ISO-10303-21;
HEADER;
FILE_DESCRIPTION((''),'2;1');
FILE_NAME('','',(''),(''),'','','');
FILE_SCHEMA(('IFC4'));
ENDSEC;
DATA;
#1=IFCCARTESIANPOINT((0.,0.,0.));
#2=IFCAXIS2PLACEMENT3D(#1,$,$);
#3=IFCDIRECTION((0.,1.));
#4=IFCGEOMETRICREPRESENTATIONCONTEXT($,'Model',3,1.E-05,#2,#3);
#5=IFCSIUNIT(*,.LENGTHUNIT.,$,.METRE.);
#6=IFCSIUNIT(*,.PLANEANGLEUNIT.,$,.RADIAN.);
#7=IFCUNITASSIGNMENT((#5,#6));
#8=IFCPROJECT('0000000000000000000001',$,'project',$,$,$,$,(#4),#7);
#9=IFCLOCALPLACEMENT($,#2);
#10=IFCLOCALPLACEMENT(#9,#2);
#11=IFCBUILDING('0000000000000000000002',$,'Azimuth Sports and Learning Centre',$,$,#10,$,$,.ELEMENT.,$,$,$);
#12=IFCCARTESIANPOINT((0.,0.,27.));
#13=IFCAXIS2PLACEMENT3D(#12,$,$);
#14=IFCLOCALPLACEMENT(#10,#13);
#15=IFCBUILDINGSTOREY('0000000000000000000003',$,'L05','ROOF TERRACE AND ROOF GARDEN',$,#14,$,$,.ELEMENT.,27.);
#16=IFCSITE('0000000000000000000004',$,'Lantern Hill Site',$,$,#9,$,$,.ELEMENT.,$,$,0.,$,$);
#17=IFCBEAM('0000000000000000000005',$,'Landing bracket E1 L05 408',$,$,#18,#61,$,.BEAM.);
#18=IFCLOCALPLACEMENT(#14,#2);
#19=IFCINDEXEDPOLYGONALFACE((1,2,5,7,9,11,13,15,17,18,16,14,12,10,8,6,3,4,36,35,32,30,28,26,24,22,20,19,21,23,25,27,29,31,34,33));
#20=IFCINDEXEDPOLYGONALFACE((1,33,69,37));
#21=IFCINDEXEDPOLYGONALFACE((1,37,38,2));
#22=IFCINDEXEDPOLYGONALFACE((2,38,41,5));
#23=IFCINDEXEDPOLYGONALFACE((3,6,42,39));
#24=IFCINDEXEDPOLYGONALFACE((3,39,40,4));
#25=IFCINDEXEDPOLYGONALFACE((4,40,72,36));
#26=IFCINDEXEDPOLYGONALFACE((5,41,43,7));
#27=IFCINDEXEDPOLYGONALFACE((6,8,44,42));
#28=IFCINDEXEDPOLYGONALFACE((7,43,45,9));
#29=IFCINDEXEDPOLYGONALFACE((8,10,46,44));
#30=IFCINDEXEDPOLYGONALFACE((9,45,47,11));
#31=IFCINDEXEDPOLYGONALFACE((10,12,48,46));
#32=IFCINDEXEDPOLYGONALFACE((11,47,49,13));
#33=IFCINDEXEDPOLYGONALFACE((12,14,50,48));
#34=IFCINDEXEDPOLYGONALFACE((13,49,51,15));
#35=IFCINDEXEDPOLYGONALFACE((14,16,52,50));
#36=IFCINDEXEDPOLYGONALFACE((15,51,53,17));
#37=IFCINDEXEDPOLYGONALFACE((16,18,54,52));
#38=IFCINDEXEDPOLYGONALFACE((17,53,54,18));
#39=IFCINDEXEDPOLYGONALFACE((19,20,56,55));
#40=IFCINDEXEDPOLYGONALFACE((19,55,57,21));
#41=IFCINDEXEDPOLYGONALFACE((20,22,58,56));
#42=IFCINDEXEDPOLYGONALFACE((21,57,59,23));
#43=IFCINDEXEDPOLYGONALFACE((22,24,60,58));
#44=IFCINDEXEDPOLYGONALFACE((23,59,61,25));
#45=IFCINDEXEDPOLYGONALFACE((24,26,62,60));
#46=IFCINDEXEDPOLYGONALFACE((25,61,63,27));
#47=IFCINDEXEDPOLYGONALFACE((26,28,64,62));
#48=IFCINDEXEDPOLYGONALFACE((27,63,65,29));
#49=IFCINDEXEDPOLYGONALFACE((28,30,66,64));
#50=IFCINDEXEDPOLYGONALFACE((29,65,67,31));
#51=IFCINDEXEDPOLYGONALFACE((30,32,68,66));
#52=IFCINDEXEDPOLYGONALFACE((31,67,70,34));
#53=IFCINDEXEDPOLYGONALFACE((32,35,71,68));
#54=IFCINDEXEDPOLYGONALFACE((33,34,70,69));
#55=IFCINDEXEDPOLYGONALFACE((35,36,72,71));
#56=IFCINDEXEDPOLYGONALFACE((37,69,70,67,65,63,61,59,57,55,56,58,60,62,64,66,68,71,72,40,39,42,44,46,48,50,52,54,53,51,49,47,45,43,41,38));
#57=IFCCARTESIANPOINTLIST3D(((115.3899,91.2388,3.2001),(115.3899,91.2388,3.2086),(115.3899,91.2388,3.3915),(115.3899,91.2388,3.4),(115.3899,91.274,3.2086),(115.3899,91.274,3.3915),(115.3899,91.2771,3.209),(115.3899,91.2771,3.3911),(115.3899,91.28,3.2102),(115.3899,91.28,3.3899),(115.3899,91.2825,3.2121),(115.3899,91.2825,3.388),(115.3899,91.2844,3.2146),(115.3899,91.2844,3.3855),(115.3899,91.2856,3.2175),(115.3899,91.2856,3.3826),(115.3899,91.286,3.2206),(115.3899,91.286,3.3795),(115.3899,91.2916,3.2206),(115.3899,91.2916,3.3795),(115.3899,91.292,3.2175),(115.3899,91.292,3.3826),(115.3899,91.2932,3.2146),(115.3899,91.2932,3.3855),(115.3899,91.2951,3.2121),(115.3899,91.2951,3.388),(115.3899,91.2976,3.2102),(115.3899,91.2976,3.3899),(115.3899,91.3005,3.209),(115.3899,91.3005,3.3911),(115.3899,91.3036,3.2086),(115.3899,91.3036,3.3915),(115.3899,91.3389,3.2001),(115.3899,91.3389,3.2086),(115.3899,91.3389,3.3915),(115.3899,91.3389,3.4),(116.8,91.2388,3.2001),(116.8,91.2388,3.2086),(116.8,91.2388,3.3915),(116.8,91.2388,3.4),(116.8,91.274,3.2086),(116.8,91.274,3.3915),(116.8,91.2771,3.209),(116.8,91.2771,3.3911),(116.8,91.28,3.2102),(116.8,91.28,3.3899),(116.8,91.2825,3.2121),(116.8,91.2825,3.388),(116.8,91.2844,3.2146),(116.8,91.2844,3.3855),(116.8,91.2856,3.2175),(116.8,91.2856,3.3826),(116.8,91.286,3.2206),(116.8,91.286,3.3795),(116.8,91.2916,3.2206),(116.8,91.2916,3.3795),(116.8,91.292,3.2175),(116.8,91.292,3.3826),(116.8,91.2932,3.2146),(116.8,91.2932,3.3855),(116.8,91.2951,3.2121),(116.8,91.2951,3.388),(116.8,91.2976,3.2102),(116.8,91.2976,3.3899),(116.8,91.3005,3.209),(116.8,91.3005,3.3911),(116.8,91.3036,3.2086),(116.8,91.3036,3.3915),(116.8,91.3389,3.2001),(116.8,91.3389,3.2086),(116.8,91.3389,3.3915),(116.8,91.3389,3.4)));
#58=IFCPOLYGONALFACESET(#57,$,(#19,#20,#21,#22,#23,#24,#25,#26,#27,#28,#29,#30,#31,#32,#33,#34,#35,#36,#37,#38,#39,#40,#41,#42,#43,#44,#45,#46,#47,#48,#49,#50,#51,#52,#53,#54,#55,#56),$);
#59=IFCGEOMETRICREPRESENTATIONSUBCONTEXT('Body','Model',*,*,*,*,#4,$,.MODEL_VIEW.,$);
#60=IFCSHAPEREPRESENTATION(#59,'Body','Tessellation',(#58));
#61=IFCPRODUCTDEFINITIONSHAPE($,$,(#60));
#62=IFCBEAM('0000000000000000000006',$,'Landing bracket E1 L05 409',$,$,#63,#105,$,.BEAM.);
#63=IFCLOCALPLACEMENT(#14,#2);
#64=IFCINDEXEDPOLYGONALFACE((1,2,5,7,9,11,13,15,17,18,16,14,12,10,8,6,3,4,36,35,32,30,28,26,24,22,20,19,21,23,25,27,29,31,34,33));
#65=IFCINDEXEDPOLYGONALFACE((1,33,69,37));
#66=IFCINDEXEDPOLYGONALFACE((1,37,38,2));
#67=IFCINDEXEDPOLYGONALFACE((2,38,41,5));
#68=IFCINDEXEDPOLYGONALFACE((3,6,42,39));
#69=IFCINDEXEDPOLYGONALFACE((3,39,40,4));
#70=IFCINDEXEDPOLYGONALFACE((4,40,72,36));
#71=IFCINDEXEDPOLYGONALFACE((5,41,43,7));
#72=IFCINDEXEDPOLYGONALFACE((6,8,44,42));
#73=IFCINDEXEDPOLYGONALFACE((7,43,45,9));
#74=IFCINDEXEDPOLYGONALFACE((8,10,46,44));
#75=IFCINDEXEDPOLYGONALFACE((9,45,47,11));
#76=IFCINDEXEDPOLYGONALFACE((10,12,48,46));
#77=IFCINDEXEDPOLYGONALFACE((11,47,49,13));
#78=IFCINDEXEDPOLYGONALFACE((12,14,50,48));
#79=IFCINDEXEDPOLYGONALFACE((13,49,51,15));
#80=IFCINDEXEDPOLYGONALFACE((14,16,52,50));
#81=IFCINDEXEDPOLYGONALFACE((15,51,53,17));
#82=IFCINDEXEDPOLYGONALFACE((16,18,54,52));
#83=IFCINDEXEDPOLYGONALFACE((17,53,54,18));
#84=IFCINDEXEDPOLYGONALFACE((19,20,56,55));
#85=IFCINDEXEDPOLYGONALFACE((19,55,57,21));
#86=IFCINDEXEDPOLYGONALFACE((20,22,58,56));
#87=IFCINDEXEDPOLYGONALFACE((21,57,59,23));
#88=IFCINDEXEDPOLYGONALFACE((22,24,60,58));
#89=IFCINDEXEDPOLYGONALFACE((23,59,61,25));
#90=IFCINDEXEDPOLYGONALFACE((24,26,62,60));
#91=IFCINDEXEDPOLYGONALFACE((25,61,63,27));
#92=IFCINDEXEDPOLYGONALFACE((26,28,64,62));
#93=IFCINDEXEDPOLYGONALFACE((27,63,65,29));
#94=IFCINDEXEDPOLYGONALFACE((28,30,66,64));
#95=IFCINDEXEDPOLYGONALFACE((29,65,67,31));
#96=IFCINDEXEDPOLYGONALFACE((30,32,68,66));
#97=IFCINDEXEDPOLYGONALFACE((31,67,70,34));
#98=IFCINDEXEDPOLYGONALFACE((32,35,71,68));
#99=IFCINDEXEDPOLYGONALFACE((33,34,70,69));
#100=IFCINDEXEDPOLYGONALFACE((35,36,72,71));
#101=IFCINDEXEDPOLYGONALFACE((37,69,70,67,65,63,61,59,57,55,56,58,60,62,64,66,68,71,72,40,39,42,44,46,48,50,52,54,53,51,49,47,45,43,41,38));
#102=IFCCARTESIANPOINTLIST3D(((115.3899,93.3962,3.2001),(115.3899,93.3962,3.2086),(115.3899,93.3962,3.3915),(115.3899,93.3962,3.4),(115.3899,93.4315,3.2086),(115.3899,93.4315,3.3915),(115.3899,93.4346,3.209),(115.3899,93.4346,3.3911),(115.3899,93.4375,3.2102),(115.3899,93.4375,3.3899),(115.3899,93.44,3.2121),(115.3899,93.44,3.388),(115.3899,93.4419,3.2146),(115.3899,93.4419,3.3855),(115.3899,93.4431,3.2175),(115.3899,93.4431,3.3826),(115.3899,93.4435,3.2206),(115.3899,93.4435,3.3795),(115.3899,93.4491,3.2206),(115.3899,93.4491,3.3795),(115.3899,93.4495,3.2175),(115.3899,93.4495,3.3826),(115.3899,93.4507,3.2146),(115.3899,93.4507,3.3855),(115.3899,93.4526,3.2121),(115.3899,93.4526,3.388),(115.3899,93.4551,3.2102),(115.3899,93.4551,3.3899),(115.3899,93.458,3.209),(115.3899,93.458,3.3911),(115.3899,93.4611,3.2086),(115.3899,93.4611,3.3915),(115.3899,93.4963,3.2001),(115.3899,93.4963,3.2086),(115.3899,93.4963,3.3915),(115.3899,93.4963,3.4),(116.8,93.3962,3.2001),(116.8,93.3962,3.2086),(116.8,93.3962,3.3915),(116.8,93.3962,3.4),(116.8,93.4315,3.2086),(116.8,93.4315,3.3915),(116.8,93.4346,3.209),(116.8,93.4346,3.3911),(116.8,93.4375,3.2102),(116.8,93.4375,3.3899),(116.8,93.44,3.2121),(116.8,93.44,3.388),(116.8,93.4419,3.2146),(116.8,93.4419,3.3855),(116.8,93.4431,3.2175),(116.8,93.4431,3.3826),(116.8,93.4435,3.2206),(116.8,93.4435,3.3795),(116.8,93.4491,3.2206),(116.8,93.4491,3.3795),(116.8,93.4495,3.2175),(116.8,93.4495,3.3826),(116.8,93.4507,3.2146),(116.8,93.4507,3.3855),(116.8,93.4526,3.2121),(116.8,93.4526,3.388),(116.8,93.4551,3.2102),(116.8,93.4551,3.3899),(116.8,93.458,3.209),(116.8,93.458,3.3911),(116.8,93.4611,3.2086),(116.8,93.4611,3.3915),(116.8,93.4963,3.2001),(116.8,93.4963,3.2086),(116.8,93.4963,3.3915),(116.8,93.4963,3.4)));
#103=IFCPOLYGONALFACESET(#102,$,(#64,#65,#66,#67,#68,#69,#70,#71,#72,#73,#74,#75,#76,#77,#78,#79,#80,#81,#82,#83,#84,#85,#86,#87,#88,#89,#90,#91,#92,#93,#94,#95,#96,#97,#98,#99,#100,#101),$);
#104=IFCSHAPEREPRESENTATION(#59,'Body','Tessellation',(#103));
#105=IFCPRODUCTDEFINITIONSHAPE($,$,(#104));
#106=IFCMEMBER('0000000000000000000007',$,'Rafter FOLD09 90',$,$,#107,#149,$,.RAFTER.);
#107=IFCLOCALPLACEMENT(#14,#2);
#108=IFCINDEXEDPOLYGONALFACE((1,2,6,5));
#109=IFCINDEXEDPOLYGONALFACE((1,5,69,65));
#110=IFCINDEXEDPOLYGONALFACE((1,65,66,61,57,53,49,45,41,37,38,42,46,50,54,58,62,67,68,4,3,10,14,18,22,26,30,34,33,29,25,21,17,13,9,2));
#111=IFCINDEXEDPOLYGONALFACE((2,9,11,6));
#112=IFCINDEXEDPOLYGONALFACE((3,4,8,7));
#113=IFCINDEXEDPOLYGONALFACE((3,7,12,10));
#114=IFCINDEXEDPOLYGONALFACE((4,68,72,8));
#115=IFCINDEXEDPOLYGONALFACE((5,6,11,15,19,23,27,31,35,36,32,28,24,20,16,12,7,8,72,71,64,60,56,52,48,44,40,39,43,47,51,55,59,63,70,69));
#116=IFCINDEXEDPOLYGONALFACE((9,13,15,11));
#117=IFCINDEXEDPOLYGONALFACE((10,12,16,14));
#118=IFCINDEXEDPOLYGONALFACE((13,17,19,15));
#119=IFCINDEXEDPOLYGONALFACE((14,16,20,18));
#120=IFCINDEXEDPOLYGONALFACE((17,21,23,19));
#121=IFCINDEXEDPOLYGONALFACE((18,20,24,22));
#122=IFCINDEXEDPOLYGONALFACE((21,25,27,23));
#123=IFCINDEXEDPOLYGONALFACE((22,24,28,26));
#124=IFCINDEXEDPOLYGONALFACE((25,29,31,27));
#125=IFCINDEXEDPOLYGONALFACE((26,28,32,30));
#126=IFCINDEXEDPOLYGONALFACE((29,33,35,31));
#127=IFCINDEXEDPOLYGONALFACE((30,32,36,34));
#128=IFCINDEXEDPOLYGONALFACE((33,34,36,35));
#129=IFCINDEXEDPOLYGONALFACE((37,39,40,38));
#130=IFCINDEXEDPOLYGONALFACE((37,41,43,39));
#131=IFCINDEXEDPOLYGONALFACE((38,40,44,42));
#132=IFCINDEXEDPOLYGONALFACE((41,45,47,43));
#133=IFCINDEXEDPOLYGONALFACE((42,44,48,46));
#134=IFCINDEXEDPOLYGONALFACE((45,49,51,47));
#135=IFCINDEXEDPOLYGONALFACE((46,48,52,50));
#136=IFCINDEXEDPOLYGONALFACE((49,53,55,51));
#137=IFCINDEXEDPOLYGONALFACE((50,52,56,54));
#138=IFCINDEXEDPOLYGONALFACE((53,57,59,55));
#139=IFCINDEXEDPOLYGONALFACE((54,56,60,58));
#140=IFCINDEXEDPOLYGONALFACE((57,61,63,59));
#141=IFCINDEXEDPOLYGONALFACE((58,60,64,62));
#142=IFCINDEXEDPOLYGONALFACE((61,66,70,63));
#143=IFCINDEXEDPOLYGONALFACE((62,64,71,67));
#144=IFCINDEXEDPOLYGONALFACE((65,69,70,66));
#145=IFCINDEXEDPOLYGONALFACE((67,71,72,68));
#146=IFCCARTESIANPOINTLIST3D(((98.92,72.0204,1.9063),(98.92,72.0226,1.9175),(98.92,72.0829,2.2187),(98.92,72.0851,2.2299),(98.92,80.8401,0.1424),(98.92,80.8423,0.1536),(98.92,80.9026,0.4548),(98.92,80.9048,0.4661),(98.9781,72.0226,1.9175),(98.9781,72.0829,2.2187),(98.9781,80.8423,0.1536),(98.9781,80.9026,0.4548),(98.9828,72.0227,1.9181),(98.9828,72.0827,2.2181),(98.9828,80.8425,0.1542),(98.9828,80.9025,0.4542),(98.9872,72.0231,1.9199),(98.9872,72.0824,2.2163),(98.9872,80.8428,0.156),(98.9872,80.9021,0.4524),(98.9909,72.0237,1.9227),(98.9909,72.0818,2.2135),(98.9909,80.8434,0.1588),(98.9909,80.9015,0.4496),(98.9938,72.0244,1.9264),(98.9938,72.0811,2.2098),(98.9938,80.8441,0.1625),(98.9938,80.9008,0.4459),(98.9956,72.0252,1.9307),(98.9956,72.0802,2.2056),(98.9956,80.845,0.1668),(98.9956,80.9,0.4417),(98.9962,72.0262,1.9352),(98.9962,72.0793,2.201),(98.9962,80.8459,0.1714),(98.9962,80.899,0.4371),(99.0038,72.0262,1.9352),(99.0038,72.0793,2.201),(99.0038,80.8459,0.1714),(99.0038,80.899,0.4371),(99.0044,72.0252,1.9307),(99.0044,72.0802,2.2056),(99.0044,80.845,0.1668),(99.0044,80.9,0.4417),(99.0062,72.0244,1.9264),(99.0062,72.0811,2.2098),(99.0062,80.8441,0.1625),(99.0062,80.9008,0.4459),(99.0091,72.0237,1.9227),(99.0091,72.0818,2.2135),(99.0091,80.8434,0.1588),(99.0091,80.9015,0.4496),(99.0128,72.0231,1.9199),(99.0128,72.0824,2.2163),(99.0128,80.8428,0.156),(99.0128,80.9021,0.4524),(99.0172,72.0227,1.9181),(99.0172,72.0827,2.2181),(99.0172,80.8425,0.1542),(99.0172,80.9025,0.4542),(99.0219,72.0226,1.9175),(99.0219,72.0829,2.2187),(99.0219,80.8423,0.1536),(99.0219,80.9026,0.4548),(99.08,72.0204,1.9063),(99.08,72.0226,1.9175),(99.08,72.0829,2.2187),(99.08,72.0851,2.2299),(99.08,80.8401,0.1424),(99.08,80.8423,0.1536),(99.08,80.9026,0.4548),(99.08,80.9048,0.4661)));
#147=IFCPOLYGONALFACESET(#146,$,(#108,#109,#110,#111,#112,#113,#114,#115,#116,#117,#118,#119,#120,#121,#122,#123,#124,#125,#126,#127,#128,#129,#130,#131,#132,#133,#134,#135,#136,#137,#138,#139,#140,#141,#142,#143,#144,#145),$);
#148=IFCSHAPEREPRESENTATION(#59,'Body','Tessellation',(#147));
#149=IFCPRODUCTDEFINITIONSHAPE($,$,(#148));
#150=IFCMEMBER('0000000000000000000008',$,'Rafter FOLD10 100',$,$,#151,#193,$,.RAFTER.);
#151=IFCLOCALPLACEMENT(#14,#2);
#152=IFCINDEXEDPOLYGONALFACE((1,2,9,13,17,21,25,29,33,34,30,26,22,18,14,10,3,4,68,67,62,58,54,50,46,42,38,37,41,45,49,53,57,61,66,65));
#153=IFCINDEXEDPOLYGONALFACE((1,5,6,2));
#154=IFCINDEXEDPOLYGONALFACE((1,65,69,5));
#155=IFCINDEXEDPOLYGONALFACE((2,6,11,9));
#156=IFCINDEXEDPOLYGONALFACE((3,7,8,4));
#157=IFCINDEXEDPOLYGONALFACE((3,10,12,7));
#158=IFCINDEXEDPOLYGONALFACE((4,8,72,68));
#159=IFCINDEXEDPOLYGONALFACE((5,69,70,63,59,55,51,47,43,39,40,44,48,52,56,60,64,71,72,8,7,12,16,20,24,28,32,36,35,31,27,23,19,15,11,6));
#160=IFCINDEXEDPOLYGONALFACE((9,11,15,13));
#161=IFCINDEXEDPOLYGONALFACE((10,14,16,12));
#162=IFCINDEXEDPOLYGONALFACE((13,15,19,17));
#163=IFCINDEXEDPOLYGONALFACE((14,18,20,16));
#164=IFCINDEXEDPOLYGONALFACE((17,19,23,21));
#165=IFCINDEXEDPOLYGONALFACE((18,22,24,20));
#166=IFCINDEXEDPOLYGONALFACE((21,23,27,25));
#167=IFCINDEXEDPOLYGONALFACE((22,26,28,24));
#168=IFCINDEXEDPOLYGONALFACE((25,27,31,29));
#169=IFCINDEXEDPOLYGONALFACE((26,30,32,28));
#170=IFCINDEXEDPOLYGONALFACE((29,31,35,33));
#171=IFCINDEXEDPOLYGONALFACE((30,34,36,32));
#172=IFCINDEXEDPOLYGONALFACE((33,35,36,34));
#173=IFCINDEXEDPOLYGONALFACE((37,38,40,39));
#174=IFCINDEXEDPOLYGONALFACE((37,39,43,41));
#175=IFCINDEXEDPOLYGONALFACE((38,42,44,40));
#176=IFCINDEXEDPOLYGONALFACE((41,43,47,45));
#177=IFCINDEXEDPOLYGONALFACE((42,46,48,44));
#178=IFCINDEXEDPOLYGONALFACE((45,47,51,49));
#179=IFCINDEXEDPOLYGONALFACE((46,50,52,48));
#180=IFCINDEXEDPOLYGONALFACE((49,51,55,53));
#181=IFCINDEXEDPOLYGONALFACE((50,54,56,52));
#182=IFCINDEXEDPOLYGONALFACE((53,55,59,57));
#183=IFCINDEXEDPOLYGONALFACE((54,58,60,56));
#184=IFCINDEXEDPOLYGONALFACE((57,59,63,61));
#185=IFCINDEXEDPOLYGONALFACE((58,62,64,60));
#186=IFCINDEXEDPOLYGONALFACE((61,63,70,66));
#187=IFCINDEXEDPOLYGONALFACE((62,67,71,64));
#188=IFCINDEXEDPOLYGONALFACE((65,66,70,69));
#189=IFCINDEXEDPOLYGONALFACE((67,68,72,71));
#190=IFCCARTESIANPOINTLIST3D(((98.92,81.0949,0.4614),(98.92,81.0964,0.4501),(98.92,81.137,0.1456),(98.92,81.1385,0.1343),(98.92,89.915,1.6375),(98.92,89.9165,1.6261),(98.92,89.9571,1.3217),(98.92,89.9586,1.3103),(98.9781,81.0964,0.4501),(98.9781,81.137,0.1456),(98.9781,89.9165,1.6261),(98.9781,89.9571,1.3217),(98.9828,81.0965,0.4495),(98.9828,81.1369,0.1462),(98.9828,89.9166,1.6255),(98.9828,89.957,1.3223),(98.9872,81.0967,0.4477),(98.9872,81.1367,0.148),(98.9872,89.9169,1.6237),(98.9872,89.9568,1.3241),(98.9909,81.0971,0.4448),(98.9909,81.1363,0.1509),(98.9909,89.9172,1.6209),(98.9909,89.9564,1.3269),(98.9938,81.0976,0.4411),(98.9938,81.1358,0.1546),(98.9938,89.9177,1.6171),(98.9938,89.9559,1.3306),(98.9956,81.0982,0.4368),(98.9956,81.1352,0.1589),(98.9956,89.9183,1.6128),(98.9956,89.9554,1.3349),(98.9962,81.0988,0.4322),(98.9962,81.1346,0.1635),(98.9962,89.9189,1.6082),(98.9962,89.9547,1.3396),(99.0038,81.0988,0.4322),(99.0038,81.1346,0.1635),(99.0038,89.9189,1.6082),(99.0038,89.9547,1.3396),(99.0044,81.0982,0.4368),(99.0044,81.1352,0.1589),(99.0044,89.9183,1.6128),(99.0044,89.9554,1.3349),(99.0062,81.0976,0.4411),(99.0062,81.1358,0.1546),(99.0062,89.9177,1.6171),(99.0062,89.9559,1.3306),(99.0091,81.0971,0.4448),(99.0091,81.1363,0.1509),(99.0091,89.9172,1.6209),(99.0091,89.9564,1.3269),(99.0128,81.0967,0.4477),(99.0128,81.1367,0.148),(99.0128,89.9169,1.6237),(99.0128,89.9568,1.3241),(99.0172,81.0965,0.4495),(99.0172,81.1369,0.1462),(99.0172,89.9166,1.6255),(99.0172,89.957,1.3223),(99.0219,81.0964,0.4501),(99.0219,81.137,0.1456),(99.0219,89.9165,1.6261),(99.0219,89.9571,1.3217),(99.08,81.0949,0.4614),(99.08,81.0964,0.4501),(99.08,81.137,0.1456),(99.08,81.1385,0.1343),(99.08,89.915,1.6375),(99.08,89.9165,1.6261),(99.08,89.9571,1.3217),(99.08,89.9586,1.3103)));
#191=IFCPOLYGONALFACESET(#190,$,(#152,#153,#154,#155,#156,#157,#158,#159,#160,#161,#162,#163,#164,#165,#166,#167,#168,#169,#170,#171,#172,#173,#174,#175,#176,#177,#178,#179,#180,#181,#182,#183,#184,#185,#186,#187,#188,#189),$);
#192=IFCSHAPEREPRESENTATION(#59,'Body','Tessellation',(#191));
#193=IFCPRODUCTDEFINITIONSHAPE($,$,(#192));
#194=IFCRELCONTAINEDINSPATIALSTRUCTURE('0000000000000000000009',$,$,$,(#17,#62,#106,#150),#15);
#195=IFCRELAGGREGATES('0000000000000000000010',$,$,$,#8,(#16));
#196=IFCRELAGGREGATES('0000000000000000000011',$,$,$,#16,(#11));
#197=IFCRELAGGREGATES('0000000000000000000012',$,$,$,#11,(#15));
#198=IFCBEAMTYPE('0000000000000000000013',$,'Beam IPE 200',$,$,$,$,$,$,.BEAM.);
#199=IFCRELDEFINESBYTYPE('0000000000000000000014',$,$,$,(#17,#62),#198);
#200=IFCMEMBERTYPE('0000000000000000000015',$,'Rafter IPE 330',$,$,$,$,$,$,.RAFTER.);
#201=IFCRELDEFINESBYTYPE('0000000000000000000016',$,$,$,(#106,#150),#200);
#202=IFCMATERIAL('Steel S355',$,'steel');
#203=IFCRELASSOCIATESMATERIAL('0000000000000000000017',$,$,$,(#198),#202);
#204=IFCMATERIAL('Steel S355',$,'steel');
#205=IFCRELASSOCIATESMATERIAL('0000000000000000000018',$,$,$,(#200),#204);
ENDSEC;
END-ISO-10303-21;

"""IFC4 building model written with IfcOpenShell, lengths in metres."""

from ifc_helpers import new_model, si_unit, direction, frame, origin, origin_2d, place, context, subcontext, project, spatial, i_section, extrude, material, material_profile, profile_set, type_object, element, save


model = new_model("IFC4")

# Units and contexts
model_context = context("Model", 3, precision=1e-05, world=origin(), true_north=direction((0.0, 1.0)))
body_context = subcontext(model_context, "Body", "Model", "MODEL_VIEW")
ifc_project = project(units=[si_unit("LENGTHUNIT", "METRE"), si_unit("PLANEANGLEUNIT", "RADIAN")], contexts=[model_context])

# Site, building, storey
site_placement = place(None, origin())
site = spatial("IfcSite", under=ifc_project, at=site_placement, Name="Lantern Hill Site", CompositionType="ELEMENT", RefElevation=0.0)
building_placement = place(site_placement, origin())
building = spatial("IfcBuilding", under=site, at=building_placement, Name="Azimuth Sports and Learning Centre", CompositionType="ELEMENT")
storey_placement = place(building_placement, frame((0.0, 0.0, 27.0)))
storey = spatial("IfcBuildingStorey", under=building, at=storey_placement, Name="L05", Description="ROOF TERRACE AND ROOF GARDEN", CompositionType="ELEMENT", Elevation=27.0)

# Beams
ifc_material_1 = material(Name="Steel S355", Category="steel")
ifc_material_profile_1 = material_profile(ifc_material_1, i_section(OverallWidth=0.1001, OverallDepth=0.2, WebThickness=0.0056, FlangeThickness=0.0085, FilletRadius=0.012, at=origin_2d()), Name="IPE 200")
ifc_profile_set_1 = profile_set([ifc_material_profile_1], Name="Steel S355")
beam_type_1 = type_object("IfcBeamType", Name="Beam IPE 200", PredefinedType="BEAM", material=ifc_profile_set_1)
for number, where, z_axis, x_axis, name in (
    (1, (116.8, 91.2888, 3.3), (-1.0, 0.0, 0.0), (0.0, -1.0, 0.0), "Landing bracket E1 L05 408"),
    (2, (116.8, 93.4463, 3.3), (-1.0, 0.0, 0.0), (0.0, -1.0, 0.0), "Landing bracket E1 L05 409"),
):
    element("IfcBeam", number, at=place(storey_placement, frame(where, z_axis=z_axis, x_axis=x_axis)), inside=storey, type_object=beam_type_1, Name=name, PredefinedType="BEAM", context=body_context, shape_type="SweptSolid", body=[
        extrude(i_section(OverallWidth=0.1001, OverallDepth=0.2, WebThickness=0.0056, FlangeThickness=0.0085, FilletRadius=0.012, at=origin_2d()), origin(), (0.0, 0.0, 1.0), 1.4102),
    ])

# Members
ifc_material_2 = material(Name="Steel S355", Category="steel")
ifc_material_profile_2 = material_profile(ifc_material_2, i_section(OverallWidth=0.1599, OverallDepth=0.3301, WebThickness=0.0076, FlangeThickness=0.0115, FilletRadius=0.0181, at=origin_2d()), Name="IPE 330")
ifc_profile_set_2 = profile_set([ifc_material_profile_2], Name="Steel S355")
member_type_1 = type_object("IfcMemberType", Name="Rafter IPE 330", PredefinedType="RAFTER", material=ifc_profile_set_2)
member_1_placement = place(storey_placement, frame((99.0, 72.0527, 2.0681), z_axis=(0.0, 0.980582, -0.196111), x_axis=(-1.0, 0.0, 0.0)))
element("IfcMember", 3, at=member_1_placement, inside=storey, type_object=member_type_1, Name="Rafter FOLD09 90", PredefinedType="RAFTER", context=body_context, shape_type="SweptSolid", body=[
    extrude(i_section(OverallWidth=0.1599, OverallDepth=0.3301, WebThickness=0.0076, FlangeThickness=0.0115, FilletRadius=0.0181, at=origin_2d()), origin(), (0.0, 0.0, 1.0), 8.9944),
])
member_2_placement = place(storey_placement, frame((99.0, 81.1167, 0.2979), z_axis=(0.0, 0.991228, 0.132166), x_axis=(-1.0, 0.0, 0.0)))
element("IfcMember", 4, at=member_2_placement, inside=storey, type_object=member_type_1, Name="Rafter FOLD10 100", PredefinedType="RAFTER", context=body_context, shape_type="SweptSolid", body=[
    extrude(i_section(OverallWidth=0.1599, OverallDepth=0.3301, WebThickness=0.0076, FlangeThickness=0.0115, FilletRadius=0.0181, at=origin_2d()), origin(), (0.0, 0.0, 1.0), 8.8982),
])

save(model, "model.ifc")
